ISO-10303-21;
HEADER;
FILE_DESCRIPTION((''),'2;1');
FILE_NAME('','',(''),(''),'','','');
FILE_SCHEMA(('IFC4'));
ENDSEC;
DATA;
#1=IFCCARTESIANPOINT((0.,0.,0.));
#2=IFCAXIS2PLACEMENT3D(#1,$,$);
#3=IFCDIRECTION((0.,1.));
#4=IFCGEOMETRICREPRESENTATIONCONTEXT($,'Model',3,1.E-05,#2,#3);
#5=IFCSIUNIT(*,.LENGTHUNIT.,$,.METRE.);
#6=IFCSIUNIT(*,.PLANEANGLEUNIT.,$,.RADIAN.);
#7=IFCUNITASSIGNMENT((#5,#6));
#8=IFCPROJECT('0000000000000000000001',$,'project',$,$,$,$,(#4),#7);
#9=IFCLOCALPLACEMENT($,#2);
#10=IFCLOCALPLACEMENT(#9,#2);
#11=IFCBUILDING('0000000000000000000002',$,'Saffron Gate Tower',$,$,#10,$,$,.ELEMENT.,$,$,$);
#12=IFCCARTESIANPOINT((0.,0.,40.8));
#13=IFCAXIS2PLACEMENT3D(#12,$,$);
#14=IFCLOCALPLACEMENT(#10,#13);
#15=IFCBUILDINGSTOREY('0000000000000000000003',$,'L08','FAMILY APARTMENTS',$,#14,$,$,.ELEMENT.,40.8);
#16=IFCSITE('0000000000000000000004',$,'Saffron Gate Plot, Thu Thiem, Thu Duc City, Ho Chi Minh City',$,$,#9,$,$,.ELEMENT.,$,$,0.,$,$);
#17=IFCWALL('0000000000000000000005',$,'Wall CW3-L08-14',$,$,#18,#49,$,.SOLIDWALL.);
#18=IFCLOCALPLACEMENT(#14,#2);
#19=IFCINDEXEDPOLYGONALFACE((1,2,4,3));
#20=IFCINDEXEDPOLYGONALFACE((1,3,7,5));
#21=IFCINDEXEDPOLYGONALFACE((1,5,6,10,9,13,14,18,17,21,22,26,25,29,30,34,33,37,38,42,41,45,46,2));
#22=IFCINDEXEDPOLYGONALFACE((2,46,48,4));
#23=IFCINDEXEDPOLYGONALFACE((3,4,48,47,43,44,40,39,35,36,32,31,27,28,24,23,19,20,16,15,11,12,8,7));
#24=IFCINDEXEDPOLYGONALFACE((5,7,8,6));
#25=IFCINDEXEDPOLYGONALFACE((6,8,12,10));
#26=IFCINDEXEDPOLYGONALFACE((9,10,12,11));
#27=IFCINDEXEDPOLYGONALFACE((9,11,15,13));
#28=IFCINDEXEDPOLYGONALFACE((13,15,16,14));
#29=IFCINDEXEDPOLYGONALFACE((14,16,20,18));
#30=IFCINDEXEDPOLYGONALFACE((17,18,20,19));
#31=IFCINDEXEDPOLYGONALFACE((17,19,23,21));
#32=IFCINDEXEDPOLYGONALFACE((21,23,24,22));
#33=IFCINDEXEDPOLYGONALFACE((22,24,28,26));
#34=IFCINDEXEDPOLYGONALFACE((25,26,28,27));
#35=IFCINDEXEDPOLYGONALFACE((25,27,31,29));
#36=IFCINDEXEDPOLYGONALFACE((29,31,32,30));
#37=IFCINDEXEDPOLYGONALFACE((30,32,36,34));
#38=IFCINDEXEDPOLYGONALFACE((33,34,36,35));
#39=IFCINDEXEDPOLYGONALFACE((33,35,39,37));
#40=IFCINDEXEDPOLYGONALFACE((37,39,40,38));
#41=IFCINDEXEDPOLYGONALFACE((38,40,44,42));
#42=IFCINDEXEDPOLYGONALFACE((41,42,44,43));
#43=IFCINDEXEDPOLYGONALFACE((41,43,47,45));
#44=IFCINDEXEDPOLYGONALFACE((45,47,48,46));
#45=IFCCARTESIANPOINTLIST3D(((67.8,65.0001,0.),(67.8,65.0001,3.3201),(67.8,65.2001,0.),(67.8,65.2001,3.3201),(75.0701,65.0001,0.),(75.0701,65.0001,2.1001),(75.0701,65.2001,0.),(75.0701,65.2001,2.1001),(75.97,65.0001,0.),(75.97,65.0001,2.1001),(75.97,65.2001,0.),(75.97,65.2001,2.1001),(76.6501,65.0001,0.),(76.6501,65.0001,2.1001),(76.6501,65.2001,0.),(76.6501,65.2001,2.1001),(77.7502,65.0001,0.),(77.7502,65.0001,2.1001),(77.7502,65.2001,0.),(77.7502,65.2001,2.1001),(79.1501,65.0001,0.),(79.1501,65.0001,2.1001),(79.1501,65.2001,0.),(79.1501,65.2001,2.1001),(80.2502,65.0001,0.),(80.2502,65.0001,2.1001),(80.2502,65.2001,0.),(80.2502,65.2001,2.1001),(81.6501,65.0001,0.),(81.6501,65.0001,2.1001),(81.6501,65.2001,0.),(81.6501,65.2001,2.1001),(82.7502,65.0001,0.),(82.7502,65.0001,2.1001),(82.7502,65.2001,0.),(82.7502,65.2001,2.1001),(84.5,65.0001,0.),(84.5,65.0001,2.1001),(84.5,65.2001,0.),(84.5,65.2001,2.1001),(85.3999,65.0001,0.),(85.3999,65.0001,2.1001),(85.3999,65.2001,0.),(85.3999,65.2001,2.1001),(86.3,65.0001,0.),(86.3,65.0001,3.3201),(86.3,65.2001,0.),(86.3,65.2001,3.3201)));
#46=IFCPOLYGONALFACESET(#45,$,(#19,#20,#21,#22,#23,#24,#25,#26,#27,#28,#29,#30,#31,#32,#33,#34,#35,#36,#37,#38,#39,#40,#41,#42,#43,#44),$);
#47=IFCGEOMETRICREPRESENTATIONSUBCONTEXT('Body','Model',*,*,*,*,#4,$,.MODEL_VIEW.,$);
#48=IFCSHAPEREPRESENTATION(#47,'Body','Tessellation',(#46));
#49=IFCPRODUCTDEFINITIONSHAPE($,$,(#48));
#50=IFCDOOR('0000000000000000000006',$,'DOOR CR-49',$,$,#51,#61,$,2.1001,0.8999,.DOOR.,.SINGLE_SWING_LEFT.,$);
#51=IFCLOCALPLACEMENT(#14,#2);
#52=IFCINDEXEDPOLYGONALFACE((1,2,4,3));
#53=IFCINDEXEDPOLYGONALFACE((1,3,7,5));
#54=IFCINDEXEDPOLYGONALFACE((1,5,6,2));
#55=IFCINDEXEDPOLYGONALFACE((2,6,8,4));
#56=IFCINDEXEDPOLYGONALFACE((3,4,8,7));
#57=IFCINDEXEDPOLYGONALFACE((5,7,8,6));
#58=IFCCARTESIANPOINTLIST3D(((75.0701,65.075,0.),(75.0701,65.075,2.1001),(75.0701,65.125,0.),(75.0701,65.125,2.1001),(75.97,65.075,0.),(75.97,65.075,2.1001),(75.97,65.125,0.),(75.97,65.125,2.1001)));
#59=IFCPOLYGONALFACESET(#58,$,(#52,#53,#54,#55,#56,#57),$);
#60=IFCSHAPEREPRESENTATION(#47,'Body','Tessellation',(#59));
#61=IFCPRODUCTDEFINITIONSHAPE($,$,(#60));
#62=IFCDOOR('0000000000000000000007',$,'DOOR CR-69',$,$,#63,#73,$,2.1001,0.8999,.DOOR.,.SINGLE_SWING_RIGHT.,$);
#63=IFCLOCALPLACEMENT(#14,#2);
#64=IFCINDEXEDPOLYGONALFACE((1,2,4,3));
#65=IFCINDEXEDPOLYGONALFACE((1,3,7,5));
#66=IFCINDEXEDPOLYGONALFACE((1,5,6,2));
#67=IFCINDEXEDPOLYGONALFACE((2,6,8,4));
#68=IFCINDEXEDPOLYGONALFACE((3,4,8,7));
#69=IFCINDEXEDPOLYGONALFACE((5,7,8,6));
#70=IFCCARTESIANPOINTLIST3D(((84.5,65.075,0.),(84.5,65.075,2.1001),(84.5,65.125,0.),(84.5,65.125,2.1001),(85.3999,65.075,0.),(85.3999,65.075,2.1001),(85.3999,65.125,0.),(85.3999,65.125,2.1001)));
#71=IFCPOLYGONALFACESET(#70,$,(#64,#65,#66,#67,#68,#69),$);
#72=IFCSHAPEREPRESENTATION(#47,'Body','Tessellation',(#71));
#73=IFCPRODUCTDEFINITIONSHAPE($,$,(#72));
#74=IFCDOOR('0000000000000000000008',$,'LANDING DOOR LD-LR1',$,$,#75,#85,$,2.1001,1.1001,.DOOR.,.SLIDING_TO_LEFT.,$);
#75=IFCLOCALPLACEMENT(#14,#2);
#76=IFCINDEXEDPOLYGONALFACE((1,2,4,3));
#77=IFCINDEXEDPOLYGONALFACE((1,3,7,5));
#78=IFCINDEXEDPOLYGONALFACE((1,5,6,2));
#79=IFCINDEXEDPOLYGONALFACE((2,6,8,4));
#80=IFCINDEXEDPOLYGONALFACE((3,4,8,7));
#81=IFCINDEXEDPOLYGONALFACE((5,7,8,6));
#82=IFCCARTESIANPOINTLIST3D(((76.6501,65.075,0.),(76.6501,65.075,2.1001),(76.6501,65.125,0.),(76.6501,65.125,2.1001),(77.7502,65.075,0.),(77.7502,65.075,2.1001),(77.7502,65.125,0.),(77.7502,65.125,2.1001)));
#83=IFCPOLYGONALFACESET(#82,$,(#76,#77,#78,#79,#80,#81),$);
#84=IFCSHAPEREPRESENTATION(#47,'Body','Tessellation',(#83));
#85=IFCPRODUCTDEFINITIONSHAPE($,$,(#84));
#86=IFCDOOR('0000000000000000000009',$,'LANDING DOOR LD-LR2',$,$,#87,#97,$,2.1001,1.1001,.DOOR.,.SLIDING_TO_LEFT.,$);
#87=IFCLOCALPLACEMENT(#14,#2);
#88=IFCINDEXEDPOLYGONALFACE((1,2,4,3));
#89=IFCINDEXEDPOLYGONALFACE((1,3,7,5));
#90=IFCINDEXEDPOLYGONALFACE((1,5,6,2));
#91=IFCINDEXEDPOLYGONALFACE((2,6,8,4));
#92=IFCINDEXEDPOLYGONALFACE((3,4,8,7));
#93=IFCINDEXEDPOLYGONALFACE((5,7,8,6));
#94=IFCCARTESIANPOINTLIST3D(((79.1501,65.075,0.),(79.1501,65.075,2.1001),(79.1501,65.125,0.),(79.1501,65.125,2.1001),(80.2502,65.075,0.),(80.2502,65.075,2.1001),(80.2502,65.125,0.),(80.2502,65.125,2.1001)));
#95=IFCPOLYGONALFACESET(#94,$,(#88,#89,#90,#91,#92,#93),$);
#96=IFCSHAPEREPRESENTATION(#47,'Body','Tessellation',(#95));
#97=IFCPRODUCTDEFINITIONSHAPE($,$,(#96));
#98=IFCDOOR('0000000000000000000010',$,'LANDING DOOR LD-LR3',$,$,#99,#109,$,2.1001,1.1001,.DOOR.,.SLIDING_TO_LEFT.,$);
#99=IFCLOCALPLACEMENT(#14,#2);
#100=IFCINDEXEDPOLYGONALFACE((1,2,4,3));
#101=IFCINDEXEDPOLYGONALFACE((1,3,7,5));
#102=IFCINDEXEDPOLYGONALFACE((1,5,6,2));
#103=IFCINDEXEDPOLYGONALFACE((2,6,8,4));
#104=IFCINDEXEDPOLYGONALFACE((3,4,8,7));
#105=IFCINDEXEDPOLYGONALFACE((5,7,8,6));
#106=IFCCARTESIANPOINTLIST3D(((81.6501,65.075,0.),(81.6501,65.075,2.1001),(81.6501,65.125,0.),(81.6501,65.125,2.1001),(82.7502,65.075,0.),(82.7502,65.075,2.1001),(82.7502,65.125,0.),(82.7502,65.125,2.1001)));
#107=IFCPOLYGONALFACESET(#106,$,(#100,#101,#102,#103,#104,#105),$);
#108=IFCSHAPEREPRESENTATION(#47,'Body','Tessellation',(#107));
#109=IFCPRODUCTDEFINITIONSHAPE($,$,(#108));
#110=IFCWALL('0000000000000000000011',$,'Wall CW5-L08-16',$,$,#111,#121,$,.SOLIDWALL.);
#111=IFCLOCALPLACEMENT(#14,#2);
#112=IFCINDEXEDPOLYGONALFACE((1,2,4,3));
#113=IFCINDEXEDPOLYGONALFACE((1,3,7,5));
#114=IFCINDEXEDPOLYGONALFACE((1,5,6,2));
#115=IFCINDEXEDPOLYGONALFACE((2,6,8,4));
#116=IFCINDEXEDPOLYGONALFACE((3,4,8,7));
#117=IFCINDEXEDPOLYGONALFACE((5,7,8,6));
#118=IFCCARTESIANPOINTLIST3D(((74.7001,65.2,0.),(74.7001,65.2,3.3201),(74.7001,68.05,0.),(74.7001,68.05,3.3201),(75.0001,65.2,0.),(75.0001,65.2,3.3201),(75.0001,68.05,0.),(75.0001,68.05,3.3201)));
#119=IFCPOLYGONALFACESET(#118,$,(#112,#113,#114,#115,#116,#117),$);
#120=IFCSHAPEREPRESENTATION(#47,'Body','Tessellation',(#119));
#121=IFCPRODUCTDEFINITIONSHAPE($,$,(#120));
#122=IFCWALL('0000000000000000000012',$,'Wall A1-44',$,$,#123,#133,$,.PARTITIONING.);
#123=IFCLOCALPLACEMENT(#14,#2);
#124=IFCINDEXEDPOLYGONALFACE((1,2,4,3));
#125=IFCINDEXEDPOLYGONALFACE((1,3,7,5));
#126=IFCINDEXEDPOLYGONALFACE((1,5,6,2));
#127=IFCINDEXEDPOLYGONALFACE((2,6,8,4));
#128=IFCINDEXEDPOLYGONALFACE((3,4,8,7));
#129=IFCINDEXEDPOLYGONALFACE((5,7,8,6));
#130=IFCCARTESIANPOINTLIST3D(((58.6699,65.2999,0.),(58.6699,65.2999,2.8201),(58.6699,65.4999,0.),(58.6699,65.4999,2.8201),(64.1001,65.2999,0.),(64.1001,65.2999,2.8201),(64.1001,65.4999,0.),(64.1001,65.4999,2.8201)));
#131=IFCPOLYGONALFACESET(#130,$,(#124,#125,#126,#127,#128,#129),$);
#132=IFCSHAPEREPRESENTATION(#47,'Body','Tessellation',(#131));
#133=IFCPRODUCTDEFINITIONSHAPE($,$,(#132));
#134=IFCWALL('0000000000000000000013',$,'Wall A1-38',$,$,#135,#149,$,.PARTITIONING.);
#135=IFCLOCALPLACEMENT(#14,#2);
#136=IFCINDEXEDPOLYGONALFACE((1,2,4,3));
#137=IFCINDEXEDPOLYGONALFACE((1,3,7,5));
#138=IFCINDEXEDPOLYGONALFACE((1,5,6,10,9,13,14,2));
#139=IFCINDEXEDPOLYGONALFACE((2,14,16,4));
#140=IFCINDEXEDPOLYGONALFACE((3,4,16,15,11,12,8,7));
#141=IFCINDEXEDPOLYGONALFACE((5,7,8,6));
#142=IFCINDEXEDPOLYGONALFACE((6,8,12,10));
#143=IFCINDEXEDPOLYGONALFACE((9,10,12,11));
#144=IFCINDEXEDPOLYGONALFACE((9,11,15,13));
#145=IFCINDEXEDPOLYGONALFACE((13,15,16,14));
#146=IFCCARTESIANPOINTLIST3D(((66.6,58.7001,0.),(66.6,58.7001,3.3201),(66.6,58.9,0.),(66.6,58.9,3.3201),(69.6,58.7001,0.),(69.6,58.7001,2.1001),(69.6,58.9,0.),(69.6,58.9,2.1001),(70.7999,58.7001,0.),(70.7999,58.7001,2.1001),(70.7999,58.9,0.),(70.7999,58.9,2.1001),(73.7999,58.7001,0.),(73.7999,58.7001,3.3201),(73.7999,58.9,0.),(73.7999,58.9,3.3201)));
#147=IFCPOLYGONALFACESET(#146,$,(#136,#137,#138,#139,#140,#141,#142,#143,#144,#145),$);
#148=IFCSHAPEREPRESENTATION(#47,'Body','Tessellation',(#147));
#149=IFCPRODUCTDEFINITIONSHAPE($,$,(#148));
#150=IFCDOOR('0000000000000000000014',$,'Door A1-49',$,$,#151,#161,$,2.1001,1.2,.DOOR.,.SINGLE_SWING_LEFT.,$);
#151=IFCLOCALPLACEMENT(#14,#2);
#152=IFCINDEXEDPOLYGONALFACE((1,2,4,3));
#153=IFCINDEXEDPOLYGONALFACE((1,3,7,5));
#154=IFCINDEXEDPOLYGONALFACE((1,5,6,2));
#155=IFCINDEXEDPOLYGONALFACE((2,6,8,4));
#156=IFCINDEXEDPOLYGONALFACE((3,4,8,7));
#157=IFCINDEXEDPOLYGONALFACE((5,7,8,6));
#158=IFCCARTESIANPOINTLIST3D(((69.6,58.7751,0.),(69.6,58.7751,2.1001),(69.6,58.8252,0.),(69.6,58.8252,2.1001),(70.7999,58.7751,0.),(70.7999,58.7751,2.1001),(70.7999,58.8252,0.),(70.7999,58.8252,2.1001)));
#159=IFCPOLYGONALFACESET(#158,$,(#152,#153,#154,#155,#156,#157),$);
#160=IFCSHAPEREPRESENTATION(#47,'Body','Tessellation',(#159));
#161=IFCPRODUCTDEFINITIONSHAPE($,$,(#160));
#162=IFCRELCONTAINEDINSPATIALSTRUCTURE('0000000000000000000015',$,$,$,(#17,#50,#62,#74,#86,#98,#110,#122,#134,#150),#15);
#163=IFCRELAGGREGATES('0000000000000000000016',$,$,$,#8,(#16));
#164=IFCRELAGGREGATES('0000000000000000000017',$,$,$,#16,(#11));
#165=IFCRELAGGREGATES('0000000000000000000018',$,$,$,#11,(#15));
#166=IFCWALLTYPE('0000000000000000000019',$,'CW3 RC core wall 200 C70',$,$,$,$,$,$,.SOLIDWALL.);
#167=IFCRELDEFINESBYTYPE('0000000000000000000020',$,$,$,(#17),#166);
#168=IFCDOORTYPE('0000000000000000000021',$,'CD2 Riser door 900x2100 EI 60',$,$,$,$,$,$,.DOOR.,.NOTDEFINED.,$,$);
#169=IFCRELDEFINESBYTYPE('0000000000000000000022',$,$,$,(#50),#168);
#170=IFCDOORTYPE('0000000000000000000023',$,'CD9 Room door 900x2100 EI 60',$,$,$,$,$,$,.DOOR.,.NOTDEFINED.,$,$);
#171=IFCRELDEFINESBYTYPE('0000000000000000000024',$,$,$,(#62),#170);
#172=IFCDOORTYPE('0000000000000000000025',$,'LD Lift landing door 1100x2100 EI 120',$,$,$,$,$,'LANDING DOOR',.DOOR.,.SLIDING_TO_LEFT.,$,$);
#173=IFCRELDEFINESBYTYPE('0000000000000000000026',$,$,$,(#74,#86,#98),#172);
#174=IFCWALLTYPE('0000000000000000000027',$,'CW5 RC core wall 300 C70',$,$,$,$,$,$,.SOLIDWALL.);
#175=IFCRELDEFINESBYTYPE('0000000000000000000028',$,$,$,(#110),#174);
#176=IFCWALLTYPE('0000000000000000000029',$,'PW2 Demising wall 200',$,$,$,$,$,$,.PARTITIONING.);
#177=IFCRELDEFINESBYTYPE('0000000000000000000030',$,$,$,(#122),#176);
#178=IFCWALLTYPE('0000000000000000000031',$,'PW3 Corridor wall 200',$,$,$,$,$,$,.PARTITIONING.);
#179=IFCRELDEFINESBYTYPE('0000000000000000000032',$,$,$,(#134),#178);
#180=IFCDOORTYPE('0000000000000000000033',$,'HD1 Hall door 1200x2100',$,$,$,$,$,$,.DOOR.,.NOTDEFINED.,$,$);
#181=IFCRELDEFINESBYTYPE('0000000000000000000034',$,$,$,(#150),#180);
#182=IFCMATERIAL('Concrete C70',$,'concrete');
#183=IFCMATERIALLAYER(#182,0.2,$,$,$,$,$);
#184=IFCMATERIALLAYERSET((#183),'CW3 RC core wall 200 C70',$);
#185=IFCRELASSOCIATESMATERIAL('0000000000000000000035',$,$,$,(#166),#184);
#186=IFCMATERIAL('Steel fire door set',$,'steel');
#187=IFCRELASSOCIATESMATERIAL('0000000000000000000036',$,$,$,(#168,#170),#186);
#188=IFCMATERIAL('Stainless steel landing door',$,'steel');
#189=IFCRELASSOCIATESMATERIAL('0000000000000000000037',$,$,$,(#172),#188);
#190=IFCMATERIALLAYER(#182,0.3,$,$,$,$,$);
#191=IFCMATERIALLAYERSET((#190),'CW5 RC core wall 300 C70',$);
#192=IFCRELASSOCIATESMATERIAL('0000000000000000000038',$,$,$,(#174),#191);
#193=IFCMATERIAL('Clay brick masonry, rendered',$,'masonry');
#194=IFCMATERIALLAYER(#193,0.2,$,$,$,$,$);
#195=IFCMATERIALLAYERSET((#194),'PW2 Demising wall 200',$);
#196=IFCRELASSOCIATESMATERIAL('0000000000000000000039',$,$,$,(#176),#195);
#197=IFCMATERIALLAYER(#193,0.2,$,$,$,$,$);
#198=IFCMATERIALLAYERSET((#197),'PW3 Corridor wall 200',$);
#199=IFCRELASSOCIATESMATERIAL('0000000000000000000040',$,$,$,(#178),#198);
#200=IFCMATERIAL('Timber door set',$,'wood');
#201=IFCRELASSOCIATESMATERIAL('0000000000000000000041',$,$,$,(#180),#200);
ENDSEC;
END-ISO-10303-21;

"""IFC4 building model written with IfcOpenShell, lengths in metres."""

from ifc_helpers import new_model, si_unit, direction, frame, frame_2d, origin, place, context, subcontext, project, spatial, rectangle, extrude, material, layer, layer_set, type_object, element, fill, save


model = new_model("IFC4")

# Units and contexts
model_context = context("Model", 3, precision=1e-05, world=origin(), true_north=direction((0.0, 1.0)))
body_context = subcontext(model_context, "Body", "Model", "MODEL_VIEW")
ifc_project = project(units=[si_unit("LENGTHUNIT", "METRE"), si_unit("PLANEANGLEUNIT", "RADIAN")], contexts=[model_context])

# Site, building, storey
site_placement = place(None, origin())
site = spatial("IfcSite", under=ifc_project, at=site_placement, Name="Saffron Gate Plot, Thu Thiem, Thu Duc City, Ho Chi Minh City", CompositionType="ELEMENT", RefElevation=0.0)
building_placement = place(site_placement, origin())
building = spatial("IfcBuilding", under=site, at=building_placement, Name="Saffron Gate Tower", CompositionType="ELEMENT")
storey_placement = place(building_placement, frame((0.0, 0.0, 40.8)))
storey = spatial("IfcBuildingStorey", under=building, at=storey_placement, Name="L08", Description="FAMILY APARTMENTS", CompositionType="ELEMENT", Elevation=40.8)

# Shared definitions
ifc_material_1 = material(Name="Concrete C70", Category="concrete")
ifc_material_2 = material(Name="Steel fire door set", Category="steel")

# Wall, openings, doors
ifc_layer_1 = layer(ifc_material_1, 0.2)
ifc_layer_set_1 = layer_set([ifc_layer_1], Name="CW3 RC core wall 200 C70")
wall_type_1 = type_object("IfcWallType", Name="CW3 RC core wall 200 C70", PredefinedType="SOLIDWALL", material=ifc_layer_set_1)
wall_1_placement = place(storey_placement, frame((67.8, 65.1001, 0.0), z_axis=(0.0, 0.0, 1.0), x_axis=(1.0, 0.0, 0.0)))
wall_1 = element("IfcWall", 1, at=wall_1_placement, inside=storey, type_object=wall_type_1, Name="Wall CW3-L08-14", PredefinedType="SOLIDWALL", context=body_context, shape_type="SweptSolid", body=[
    extrude(rectangle(XDim=18.5, YDim=0.2, at=frame_2d((9.25, 0.0))), origin(), (0.0, 0.0, 1.0), 3.3201),
])
opening_1_placement = place(wall_1_placement, frame((7.27, 0.0, 0.0)))
opening_1 = element("IfcOpeningElement", 2, at=opening_1_placement, cuts=wall_1, PredefinedType="OPENING", context=body_context, shape_type="SweptSolid", body=[
    extrude(rectangle(XDim=0.8999, YDim=2.1001, at=frame_2d((0.45, 1.05))), frame((0.0, 0.1099, 0.0), z_axis=(0.0, -1.0, 0.0), x_axis=(1.0, 0.0, 0.0)), (0.0, 0.0, 1.0), 0.22),
])
opening_2_placement = place(wall_1_placement, frame((8.8501, 0.0, 0.0)))
opening_2 = element("IfcOpeningElement", 3, at=opening_2_placement, cuts=wall_1, PredefinedType="OPENING", context=body_context, shape_type="SweptSolid", body=[
    extrude(rectangle(XDim=1.1001, YDim=2.1001, at=frame_2d((0.55, 1.05))), frame((0.0, 0.1099, 0.0), z_axis=(0.0, -1.0, 0.0), x_axis=(1.0, 0.0, 0.0)), (0.0, 0.0, 1.0), 0.22),
])
opening_3_placement = place(wall_1_placement, frame((11.3501, 0.0, 0.0)))
opening_3 = element("IfcOpeningElement", 4, at=opening_3_placement, cuts=wall_1, PredefinedType="OPENING", context=body_context, shape_type="SweptSolid", body=[
    extrude(rectangle(XDim=1.1001, YDim=2.1001, at=frame_2d((0.55, 1.05))), frame((0.0, 0.1099, 0.0), z_axis=(0.0, -1.0, 0.0), x_axis=(1.0, 0.0, 0.0)), (0.0, 0.0, 1.0), 0.22),
])
opening_4_placement = place(wall_1_placement, frame((13.8501, 0.0, 0.0)))
opening_4 = element("IfcOpeningElement", 5, at=opening_4_placement, cuts=wall_1, PredefinedType="OPENING", context=body_context, shape_type="SweptSolid", body=[
    extrude(rectangle(XDim=1.1001, YDim=2.1001, at=frame_2d((0.55, 1.05))), frame((0.0, 0.1099, 0.0), z_axis=(0.0, -1.0, 0.0), x_axis=(1.0, 0.0, 0.0)), (0.0, 0.0, 1.0), 0.22),
])
opening_5_placement = place(wall_1_placement, frame((16.7, 0.0, 0.0)))
opening_5 = element("IfcOpeningElement", 6, at=opening_5_placement, cuts=wall_1, PredefinedType="OPENING", context=body_context, shape_type="SweptSolid", body=[
    extrude(rectangle(XDim=0.8999, YDim=2.1001, at=frame_2d((0.45, 1.05))), frame((0.0, 0.1099, 0.0), z_axis=(0.0, -1.0, 0.0), x_axis=(1.0, 0.0, 0.0)), (0.0, 0.0, 1.0), 0.22),
])
door_type_1 = type_object("IfcDoorType", Name="CD2 Riser door 900x2100 EI 60", OperationType="NOTDEFINED", PredefinedType="DOOR", material=ifc_material_2)
door_1_placement = place(opening_1_placement, origin())
door_1 = element("IfcDoor", 7, at=door_1_placement, inside=storey, type_object=door_type_1, Name="DOOR CR-49", OperationType="SINGLE_SWING_LEFT", OverallHeight=2.1001, OverallWidth=0.8999, PredefinedType="DOOR", context=body_context, shape_type="SweptSolid", body=[
    extrude(rectangle(XDim=0.8999, YDim=2.1001, at=frame_2d((0.45, 1.05))), frame((0.0, 0.0249, 0.0), z_axis=(0.0, -1.0, 0.0), x_axis=(1.0, 0.0, 0.0)), (0.0, 0.0, 1.0), 0.05),
])
fill(opening_1, door_1)
door_type_2 = type_object("IfcDoorType", Name="CD9 Room door 900x2100 EI 60", OperationType="NOTDEFINED", PredefinedType="DOOR", material=ifc_material_2)
door_2_placement = place(opening_5_placement, origin())
door_2 = element("IfcDoor", 8, at=door_2_placement, inside=storey, type_object=door_type_2, Name="DOOR CR-69", OperationType="SINGLE_SWING_RIGHT", OverallHeight=2.1001, OverallWidth=0.8999, PredefinedType="DOOR", context=body_context, shape_type="SweptSolid", body=[
    extrude(rectangle(XDim=0.8999, YDim=2.1001, at=frame_2d((0.45, 1.05))), frame((0.0, 0.0249, 0.0), z_axis=(0.0, -1.0, 0.0), x_axis=(1.0, 0.0, 0.0)), (0.0, 0.0, 1.0), 0.05),
])
fill(opening_5, door_2)
ifc_material_3 = material(Name="Stainless steel landing door", Category="steel")
door_type_3 = type_object("IfcDoorType", Name="LD Lift landing door 1100x2100 EI 120", ElementType="LANDING DOOR", OperationType="SLIDING_TO_LEFT", PredefinedType="DOOR", material=ifc_material_3)
door_3_placement = place(opening_2_placement, origin())
door_3 = element("IfcDoor", 9, at=door_3_placement, inside=storey, type_object=door_type_3, Name="LANDING DOOR LD-LR1", OperationType="SLIDING_TO_LEFT", OverallHeight=2.1001, OverallWidth=1.1001, PredefinedType="DOOR", context=body_context, shape_type="SweptSolid", body=[
    extrude(rectangle(XDim=1.1001, YDim=2.1001, at=frame_2d((0.55, 1.05))), frame((0.0, 0.0249, 0.0), z_axis=(0.0, -1.0, 0.0), x_axis=(1.0, 0.0, 0.0)), (0.0, 0.0, 1.0), 0.05),
])
fill(opening_2, door_3)
door_4_placement = place(opening_3_placement, origin())
door_4 = element("IfcDoor", 10, at=door_4_placement, inside=storey, type_object=door_type_3, Name="LANDING DOOR LD-LR2", OperationType="SLIDING_TO_LEFT", OverallHeight=2.1001, OverallWidth=1.1001, PredefinedType="DOOR", context=body_context, shape_type="SweptSolid", body=[
    extrude(rectangle(XDim=1.1001, YDim=2.1001, at=frame_2d((0.55, 1.05))), frame((0.0, 0.0249, 0.0), z_axis=(0.0, -1.0, 0.0), x_axis=(1.0, 0.0, 0.0)), (0.0, 0.0, 1.0), 0.05),
])
fill(opening_3, door_4)
door_5_placement = place(opening_4_placement, origin())
door_5 = element("IfcDoor", 11, at=door_5_placement, inside=storey, type_object=door_type_3, Name="LANDING DOOR LD-LR3", OperationType="SLIDING_TO_LEFT", OverallHeight=2.1001, OverallWidth=1.1001, PredefinedType="DOOR", context=body_context, shape_type="SweptSolid", body=[
    extrude(rectangle(XDim=1.1001, YDim=2.1001, at=frame_2d((0.55, 1.05))), frame((0.0, 0.0249, 0.0), z_axis=(0.0, -1.0, 0.0), x_axis=(1.0, 0.0, 0.0)), (0.0, 0.0, 1.0), 0.05),
])
fill(opening_4, door_5)

# Walls
ifc_layer_2 = layer(ifc_material_1, 0.3)
ifc_layer_set_2 = layer_set([ifc_layer_2], Name="CW5 RC core wall 300 C70")
wall_type_2 = type_object("IfcWallType", Name="CW5 RC core wall 300 C70", PredefinedType="SOLIDWALL", material=ifc_layer_set_2)
wall_2_placement = place(storey_placement, frame((74.8501, 65.2, 0.0), z_axis=(0.0, 0.0, 1.0), x_axis=(0.0, 1.0, 0.0)))
element("IfcWall", 12, at=wall_2_placement, inside=storey, type_object=wall_type_2, Name="Wall CW5-L08-16", PredefinedType="SOLIDWALL", context=body_context, shape_type="SweptSolid", body=[
    extrude(rectangle(XDim=2.8501, YDim=0.3, at=frame_2d((1.425, 0.0))), origin(), (0.0, 0.0, 1.0), 3.3201),
])
ifc_material_4 = material(Name="Clay brick masonry, rendered", Category="masonry")
ifc_layer_3 = layer(ifc_material_4, 0.2)
ifc_layer_set_3 = layer_set([ifc_layer_3], Name="PW2 Demising wall 200")
wall_type_3 = type_object("IfcWallType", Name="PW2 Demising wall 200", PredefinedType="PARTITIONING", material=ifc_layer_set_3)
wall_3_placement = place(storey_placement, frame((58.6699, 65.3999, 0.0), z_axis=(0.0, 0.0, 1.0), x_axis=(1.0, 0.0, 0.0)))
element("IfcWall", 13, at=wall_3_placement, inside=storey, type_object=wall_type_3, Name="Wall A1-44", PredefinedType="PARTITIONING", context=body_context, shape_type="SweptSolid", body=[
    extrude(rectangle(XDim=5.4302, YDim=0.2, at=frame_2d((2.7151, 0.0))), origin(), (0.0, 0.0, 1.0), 2.8201),
])

# Wall, opening, door
ifc_layer_4 = layer(ifc_material_4, 0.2)
ifc_layer_set_4 = layer_set([ifc_layer_4], Name="PW3 Corridor wall 200")
wall_type_4 = type_object("IfcWallType", Name="PW3 Corridor wall 200", PredefinedType="PARTITIONING", material=ifc_layer_set_4)
wall_4_placement = place(storey_placement, frame((73.8, 58.8, 0.0), z_axis=(0.0, 0.0, 1.0), x_axis=(-1.0, 0.0, 0.0)))
wall_4 = element("IfcWall", 14, at=wall_4_placement, inside=storey, type_object=wall_type_4, Name="Wall A1-38", PredefinedType="PARTITIONING", context=body_context, shape_type="SweptSolid", body=[
    extrude(rectangle(XDim=7.2, YDim=0.2, at=frame_2d((3.6001, 0.0))), origin(), (0.0, 0.0, 1.0), 3.3201),
])
opening_6_placement = place(wall_4_placement, frame((3.0, 0.0, 0.0)))
opening_6 = element("IfcOpeningElement", 15, at=opening_6_placement, cuts=wall_4, PredefinedType="OPENING", context=body_context, shape_type="SweptSolid", body=[
    extrude(rectangle(XDim=1.2, YDim=2.1001, at=frame_2d((0.6001, 1.05))), frame((0.0, 0.1099, 0.0), z_axis=(0.0, -1.0, 0.0), x_axis=(1.0, 0.0, 0.0)), (0.0, 0.0, 1.0), 0.22),
])
ifc_material_5 = material(Name="Timber door set", Category="wood")
door_type_4 = type_object("IfcDoorType", Name="HD1 Hall door 1200x2100", OperationType="NOTDEFINED", PredefinedType="DOOR", material=ifc_material_5)
door_6_placement = place(opening_6_placement, origin())
door_6 = element("IfcDoor", 16, at=door_6_placement, inside=storey, type_object=door_type_4, Name="Door A1-49", OperationType="SINGLE_SWING_LEFT", OverallHeight=2.1001, OverallWidth=1.2, PredefinedType="DOOR", context=body_context, shape_type="SweptSolid", body=[
    extrude(rectangle(XDim=1.2, YDim=2.1001, at=frame_2d((0.6001, 1.05))), frame((0.0, 0.0249, 0.0), z_axis=(0.0, -1.0, 0.0), x_axis=(1.0, 0.0, 0.0)), (0.0, 0.0, 1.0), 0.05),
])
fill(opening_6, door_6)

save(model, "model.ifc")
